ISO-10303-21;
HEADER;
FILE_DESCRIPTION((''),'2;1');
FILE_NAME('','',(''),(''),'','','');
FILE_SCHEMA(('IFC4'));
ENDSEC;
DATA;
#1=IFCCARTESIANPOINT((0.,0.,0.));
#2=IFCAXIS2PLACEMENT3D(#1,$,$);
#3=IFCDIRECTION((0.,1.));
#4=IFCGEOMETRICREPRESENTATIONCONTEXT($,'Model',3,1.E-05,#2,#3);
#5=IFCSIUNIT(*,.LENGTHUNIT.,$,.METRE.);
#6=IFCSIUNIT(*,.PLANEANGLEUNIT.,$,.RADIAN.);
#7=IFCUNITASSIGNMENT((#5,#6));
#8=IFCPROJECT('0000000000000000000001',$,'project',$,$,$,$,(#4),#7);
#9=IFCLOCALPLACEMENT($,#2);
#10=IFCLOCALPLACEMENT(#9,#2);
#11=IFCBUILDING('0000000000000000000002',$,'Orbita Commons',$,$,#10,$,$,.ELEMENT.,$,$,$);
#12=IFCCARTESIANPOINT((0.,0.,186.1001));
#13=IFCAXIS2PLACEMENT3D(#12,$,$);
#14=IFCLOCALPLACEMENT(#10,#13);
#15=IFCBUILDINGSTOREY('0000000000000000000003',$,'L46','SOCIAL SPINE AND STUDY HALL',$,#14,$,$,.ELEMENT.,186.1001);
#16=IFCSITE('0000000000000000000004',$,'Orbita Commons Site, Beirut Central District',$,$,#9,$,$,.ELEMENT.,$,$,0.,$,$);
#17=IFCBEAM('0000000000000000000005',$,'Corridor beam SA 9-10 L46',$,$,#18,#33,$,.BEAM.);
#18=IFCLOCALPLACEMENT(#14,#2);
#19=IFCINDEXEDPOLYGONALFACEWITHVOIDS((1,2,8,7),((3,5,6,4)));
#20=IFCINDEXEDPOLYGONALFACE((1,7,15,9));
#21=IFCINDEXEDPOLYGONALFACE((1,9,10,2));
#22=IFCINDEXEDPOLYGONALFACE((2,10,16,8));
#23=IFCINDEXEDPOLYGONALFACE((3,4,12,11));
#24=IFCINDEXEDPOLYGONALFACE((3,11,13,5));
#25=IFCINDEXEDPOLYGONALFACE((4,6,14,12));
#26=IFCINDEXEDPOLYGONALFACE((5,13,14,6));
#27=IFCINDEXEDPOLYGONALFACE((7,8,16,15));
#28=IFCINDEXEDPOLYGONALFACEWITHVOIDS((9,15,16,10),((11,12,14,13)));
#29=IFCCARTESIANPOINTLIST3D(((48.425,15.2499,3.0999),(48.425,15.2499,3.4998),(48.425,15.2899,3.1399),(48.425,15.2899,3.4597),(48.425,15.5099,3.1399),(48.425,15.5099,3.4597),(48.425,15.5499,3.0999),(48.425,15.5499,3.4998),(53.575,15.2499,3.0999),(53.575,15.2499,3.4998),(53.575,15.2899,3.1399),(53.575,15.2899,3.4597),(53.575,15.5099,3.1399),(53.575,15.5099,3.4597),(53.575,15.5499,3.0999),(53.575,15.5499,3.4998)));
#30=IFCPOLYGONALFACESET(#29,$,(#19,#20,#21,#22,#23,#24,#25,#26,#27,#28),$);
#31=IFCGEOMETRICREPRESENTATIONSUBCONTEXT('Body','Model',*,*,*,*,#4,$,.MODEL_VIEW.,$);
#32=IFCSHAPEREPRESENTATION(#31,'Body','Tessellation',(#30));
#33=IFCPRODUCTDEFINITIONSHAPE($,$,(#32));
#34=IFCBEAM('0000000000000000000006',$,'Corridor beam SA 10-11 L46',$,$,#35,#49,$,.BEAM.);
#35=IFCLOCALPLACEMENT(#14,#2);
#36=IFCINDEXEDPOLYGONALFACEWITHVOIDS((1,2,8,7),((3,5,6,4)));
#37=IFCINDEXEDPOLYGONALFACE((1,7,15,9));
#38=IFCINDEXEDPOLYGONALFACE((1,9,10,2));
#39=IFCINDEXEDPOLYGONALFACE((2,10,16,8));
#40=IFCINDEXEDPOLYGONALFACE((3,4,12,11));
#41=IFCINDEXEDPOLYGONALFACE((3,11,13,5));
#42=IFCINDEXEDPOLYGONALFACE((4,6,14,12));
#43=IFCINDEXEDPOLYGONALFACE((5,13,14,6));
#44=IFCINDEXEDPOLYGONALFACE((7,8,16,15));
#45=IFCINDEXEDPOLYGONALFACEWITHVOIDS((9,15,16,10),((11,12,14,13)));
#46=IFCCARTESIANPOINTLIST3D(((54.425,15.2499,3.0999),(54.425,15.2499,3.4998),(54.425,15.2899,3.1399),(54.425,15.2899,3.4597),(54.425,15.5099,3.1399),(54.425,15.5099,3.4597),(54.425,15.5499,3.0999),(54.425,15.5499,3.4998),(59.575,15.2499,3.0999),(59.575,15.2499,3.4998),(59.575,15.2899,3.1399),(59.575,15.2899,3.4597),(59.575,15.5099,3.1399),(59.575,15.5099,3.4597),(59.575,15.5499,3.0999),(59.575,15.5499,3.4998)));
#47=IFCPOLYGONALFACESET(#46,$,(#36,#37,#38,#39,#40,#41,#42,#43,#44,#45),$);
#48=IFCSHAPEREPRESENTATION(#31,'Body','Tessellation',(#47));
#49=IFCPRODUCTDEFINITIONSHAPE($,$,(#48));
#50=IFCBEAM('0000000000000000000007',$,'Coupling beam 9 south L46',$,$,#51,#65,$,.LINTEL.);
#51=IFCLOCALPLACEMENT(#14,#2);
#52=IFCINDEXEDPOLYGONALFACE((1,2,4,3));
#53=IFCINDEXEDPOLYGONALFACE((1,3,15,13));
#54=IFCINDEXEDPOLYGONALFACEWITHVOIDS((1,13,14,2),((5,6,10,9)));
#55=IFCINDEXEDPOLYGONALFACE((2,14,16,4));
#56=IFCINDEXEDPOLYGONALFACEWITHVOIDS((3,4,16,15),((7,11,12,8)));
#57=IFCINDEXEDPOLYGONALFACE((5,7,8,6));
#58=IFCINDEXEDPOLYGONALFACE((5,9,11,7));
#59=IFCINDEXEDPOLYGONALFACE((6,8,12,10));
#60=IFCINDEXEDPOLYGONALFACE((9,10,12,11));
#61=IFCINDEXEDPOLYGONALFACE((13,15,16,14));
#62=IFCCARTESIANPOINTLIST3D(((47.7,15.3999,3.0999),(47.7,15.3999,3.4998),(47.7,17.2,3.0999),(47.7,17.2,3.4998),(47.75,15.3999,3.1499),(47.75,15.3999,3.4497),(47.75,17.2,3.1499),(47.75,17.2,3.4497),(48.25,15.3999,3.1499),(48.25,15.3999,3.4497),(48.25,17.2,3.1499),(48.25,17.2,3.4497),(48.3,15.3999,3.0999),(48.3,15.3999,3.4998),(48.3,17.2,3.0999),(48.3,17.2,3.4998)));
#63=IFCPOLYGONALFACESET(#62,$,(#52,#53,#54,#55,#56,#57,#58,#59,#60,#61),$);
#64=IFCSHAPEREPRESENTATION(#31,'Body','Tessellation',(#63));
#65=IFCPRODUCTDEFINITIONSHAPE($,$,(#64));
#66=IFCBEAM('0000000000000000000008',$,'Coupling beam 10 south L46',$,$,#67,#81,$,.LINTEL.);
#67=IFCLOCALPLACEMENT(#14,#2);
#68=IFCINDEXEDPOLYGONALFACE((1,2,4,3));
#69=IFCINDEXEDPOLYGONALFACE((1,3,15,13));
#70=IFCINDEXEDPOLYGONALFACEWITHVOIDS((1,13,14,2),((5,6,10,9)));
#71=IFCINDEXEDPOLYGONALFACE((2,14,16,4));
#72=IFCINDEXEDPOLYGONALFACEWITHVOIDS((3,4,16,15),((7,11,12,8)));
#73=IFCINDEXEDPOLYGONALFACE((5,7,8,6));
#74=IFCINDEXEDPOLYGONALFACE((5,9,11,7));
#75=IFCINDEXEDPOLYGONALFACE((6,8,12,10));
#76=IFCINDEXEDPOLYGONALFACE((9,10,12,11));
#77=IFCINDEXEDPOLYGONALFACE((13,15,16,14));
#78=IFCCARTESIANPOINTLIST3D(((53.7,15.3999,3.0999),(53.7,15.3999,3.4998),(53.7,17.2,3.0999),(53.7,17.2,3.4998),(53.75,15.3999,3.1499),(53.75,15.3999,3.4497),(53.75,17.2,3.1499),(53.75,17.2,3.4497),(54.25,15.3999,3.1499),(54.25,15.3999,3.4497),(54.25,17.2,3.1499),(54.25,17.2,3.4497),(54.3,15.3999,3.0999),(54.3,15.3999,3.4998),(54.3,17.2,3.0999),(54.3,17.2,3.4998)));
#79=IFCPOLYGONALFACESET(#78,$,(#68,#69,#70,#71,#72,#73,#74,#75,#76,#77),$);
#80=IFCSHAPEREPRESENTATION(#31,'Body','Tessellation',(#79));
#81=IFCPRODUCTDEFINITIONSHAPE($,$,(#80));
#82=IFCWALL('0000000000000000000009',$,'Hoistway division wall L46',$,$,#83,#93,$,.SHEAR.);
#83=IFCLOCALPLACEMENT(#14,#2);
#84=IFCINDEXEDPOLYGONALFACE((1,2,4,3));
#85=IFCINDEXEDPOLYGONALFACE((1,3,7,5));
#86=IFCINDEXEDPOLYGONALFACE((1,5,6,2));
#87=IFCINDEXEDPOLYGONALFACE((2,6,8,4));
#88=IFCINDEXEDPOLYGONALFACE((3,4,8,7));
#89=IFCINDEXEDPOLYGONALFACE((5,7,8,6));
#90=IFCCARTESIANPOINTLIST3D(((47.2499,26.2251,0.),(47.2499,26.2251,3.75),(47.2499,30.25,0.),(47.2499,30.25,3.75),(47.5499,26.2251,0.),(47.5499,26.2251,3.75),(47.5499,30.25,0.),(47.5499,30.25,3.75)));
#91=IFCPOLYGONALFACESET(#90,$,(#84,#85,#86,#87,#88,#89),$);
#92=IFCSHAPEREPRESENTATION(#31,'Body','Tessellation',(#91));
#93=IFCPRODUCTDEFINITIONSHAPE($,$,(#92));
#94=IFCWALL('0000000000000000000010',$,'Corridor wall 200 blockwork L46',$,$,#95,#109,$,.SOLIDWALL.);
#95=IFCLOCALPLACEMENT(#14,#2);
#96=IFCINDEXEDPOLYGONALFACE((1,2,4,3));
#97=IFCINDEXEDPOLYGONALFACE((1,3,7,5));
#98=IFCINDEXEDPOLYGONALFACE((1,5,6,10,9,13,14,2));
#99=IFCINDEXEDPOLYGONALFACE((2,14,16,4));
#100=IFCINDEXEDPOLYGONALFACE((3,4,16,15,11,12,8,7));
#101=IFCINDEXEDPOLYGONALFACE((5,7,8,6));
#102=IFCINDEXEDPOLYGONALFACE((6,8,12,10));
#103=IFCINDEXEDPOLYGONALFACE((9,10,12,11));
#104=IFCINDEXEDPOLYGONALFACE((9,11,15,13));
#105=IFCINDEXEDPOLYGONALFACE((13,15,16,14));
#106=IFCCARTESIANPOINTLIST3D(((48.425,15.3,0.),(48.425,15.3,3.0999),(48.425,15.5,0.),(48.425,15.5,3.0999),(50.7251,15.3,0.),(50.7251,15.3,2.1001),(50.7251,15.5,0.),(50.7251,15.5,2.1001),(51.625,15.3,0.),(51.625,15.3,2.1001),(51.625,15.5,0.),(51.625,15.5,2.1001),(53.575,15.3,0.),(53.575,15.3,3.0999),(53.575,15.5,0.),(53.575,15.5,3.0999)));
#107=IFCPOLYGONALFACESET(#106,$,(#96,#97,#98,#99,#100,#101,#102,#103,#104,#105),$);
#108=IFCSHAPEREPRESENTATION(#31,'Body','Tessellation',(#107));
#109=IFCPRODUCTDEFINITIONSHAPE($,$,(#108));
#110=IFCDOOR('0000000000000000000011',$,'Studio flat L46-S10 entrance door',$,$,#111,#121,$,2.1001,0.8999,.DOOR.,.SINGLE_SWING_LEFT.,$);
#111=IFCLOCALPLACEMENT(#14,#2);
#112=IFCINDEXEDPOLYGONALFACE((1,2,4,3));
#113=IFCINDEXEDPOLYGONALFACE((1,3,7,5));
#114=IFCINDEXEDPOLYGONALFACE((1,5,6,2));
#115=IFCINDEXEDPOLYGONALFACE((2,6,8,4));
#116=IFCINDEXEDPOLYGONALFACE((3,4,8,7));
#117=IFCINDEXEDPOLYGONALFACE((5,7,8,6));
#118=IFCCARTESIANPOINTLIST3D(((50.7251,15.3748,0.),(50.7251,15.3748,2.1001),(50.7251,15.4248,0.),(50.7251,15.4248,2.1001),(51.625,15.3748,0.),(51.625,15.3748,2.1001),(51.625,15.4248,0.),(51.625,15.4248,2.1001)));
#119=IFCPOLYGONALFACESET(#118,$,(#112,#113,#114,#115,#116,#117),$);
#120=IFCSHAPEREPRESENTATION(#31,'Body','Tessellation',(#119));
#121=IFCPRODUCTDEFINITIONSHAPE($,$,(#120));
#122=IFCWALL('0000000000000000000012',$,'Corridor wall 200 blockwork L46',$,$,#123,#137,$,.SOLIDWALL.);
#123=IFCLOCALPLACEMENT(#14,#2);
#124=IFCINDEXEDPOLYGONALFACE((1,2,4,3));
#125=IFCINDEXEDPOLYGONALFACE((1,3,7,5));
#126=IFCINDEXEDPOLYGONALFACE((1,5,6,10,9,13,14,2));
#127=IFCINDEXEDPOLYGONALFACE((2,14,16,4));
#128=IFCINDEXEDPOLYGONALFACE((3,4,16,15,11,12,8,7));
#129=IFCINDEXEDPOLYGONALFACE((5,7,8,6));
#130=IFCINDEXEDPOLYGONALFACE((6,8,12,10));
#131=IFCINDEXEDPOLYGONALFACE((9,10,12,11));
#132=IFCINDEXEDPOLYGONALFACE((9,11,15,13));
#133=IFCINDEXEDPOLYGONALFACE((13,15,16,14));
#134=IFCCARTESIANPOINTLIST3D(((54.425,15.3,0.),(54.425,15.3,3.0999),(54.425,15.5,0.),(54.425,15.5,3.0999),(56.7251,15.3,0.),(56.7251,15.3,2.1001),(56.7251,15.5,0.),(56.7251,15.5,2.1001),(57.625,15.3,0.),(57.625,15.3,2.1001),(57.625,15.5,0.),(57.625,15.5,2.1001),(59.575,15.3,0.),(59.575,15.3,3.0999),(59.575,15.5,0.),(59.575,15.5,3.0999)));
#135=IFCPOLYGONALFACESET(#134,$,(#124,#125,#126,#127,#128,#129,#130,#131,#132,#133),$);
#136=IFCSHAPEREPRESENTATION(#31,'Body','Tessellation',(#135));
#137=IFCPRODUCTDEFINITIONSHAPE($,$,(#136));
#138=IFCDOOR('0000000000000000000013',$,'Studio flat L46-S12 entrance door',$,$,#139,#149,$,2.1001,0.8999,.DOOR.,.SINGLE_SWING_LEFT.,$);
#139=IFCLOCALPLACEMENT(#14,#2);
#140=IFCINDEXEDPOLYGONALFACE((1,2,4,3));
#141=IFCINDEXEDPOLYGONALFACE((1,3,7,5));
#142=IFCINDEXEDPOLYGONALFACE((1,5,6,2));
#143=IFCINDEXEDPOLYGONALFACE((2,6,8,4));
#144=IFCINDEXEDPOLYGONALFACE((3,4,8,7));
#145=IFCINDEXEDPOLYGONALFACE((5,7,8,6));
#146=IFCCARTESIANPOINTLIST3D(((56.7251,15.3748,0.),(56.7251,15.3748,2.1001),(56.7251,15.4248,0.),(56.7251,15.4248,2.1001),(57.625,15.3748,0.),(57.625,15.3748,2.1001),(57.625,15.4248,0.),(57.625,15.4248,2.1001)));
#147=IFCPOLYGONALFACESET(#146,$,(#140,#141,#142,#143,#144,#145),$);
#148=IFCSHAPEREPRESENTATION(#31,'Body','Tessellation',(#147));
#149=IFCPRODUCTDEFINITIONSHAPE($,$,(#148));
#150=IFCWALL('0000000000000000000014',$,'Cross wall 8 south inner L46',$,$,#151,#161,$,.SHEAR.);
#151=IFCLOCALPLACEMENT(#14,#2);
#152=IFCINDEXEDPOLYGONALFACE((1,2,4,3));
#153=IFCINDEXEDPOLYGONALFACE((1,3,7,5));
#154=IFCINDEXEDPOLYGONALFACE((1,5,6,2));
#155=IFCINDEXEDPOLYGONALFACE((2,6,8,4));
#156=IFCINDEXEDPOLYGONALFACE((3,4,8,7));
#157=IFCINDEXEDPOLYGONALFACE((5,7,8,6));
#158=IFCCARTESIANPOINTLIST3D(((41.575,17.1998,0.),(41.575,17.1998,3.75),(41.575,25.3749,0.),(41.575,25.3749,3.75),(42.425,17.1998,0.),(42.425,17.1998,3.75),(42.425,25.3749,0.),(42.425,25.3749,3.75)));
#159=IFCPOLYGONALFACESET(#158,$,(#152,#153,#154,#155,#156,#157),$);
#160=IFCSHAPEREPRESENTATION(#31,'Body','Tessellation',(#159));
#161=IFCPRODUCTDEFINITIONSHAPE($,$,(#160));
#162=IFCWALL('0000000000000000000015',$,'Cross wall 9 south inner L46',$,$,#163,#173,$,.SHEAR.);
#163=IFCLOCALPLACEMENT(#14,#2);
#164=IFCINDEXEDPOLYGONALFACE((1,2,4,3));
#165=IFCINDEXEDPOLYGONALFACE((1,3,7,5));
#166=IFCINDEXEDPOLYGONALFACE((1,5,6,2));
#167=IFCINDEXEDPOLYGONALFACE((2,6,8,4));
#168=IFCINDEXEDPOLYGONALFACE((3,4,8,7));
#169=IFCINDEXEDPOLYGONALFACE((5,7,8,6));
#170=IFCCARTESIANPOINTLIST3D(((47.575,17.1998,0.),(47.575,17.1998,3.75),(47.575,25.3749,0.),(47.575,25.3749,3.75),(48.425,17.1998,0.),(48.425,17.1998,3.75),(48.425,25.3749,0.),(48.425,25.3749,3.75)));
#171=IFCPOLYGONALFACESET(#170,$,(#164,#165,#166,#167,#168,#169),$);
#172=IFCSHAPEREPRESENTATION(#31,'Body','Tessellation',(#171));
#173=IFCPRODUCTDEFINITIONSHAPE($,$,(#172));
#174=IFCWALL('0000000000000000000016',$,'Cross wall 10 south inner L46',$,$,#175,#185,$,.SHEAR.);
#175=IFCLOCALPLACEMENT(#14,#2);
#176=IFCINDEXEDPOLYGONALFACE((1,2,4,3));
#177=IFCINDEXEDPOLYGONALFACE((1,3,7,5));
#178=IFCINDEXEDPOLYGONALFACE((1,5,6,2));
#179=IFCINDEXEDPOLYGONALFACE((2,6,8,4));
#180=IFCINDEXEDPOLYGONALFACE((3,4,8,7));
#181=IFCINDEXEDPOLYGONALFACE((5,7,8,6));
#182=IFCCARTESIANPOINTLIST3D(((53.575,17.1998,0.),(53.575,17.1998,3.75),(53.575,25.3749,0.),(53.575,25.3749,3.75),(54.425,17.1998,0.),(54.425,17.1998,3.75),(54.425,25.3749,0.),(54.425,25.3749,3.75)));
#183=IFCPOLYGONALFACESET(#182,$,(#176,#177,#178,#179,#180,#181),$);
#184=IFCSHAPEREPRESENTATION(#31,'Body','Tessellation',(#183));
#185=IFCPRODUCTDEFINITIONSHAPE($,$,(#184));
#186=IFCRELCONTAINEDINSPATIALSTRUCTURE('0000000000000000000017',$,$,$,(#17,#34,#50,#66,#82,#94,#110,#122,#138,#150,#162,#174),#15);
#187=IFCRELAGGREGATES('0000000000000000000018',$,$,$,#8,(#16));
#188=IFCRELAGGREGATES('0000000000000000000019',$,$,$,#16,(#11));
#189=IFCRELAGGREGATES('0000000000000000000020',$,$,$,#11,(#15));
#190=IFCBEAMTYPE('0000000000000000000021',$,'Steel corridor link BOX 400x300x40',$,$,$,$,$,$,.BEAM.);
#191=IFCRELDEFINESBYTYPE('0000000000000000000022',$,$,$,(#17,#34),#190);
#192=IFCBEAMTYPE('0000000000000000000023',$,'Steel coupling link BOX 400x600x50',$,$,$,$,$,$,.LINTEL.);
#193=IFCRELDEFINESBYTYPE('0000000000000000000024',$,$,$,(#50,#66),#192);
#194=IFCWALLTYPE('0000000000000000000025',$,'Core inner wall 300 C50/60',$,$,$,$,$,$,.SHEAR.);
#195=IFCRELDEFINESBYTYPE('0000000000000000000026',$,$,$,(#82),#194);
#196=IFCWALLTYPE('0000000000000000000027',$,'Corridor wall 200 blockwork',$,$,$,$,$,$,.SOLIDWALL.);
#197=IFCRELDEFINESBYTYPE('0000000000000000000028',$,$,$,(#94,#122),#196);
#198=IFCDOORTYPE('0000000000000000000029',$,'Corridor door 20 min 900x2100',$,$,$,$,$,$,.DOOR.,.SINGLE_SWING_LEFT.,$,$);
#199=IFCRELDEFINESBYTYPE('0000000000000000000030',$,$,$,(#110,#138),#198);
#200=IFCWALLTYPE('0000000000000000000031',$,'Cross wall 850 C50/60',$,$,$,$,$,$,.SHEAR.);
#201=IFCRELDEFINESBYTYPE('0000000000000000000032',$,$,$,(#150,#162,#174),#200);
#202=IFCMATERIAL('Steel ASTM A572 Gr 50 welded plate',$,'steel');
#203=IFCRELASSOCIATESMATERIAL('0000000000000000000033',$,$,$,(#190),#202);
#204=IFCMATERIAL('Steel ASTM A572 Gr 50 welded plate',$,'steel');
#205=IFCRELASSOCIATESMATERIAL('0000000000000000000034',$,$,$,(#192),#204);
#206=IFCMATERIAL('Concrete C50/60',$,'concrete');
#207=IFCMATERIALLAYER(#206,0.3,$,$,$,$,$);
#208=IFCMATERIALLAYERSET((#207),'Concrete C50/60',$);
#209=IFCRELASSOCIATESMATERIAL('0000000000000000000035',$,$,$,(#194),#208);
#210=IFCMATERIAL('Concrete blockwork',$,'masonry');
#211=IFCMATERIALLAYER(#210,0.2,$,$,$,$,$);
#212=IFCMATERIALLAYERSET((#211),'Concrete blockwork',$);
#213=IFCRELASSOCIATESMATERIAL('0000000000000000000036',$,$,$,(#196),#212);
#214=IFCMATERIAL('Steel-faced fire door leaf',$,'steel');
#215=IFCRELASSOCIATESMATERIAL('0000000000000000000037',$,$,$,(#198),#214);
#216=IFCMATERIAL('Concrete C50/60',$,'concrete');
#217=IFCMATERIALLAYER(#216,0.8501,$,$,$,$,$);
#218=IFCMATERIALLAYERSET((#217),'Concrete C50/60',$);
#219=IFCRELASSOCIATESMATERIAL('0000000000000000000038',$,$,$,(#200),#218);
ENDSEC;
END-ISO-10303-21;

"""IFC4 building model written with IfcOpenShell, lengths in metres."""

from ifc_helpers import new_model, si_unit, direction, frame, frame_2d, origin, origin_2d, place, context, subcontext, project, spatial, polyline, rectangle, hollow_rectangle, outline, extrude, material, layer, layer_set, material_profile, profile_set, type_object, element, fill, save


model = new_model("IFC4")

# Units and contexts
model_context = context("Model", 3, precision=1e-05, world=origin(), true_north=direction((0.0, 1.0)))
body_context = subcontext(model_context, "Body", "Model", "MODEL_VIEW")
ifc_project = project(units=[si_unit("LENGTHUNIT", "METRE"), si_unit("PLANEANGLEUNIT", "RADIAN")], contexts=[model_context])

# Site, building, storey
site_placement = place(None, origin())
site = spatial("IfcSite", under=ifc_project, at=site_placement, Name="Orbita Commons Site, Beirut Central District", CompositionType="ELEMENT", RefElevation=0.0)
building_placement = place(site_placement, origin())
building = spatial("IfcBuilding", under=site, at=building_placement, Name="Orbita Commons", CompositionType="ELEMENT")
storey_placement = place(building_placement, frame((0.0, 0.0, 186.1001)))
storey = spatial("IfcBuildingStorey", under=building, at=storey_placement, Name="L46", Description="SOCIAL SPINE AND STUDY HALL", CompositionType="ELEMENT", Elevation=186.1001)

# Beams
ifc_material_1 = material(Name="Steel ASTM A572 Gr 50 welded plate", Category="steel")
ifc_material_profile_1 = material_profile(ifc_material_1, hollow_rectangle(XDim=0.3, YDim=0.3999, WallThickness=0.04, at=origin_2d()), Name="BOX 400x300x40")
ifc_profile_set_1 = profile_set([ifc_material_profile_1], Name="Steel ASTM A572 Gr 50 welded plate")
beam_type_1 = type_object("IfcBeamType", Name="Steel corridor link BOX 400x300x40", PredefinedType="BEAM", material=ifc_profile_set_1)
for number, where, z_axis, x_axis, name in (
    (1, (48.425, 15.3999, 3.2998), (1.0, 0.0, 0.0), (0.0, 1.0, 0.0), "Corridor beam SA 9-10 L46"),
    (2, (54.425, 15.3999, 3.2998), (1.0, 0.0, 0.0), (0.0, 1.0, 0.0), "Corridor beam SA 10-11 L46"),
):
    element("IfcBeam", number, at=place(storey_placement, frame(where, z_axis=z_axis, x_axis=x_axis)), inside=storey, type_object=beam_type_1, Name=name, PredefinedType="BEAM", context=body_context, shape_type="SweptSolid", body=[
        extrude(hollow_rectangle(XDim=0.3, YDim=0.3999, WallThickness=0.04, at=origin_2d()), origin(), (0.0, 0.0, 1.0), 5.1499),
    ])
ifc_material_2 = material(Name="Steel ASTM A572 Gr 50 welded plate", Category="steel")
ifc_material_profile_2 = material_profile(ifc_material_2, hollow_rectangle(XDim=0.6001, YDim=0.3999, WallThickness=0.05, at=origin_2d()), Name="BOX 400x600x50")
ifc_profile_set_2 = profile_set([ifc_material_profile_2], Name="Steel ASTM A572 Gr 50 welded plate")
beam_type_2 = type_object("IfcBeamType", Name="Steel coupling link BOX 400x600x50", PredefinedType="LINTEL", material=ifc_profile_set_2)
for number, where, z_axis, x_axis, name in (
    (3, (48.0, 15.3999, 3.2998), (0.0, 1.0, 0.0), (-1.0, 0.0, 0.0), "Coupling beam 9 south L46"),
    (4, (54.0, 15.3999, 3.2998), (0.0, 1.0, 0.0), (-1.0, 0.0, 0.0), "Coupling beam 10 south L46"),
):
    element("IfcBeam", number, at=place(storey_placement, frame(where, z_axis=z_axis, x_axis=x_axis)), inside=storey, type_object=beam_type_2, Name=name, PredefinedType="LINTEL", context=body_context, shape_type="SweptSolid", body=[
        extrude(hollow_rectangle(XDim=0.6001, YDim=0.3999, WallThickness=0.05, at=origin_2d()), origin(), (0.0, 0.0, 1.0), 1.8),
    ])

# Wall
ifc_material_3 = material(Name="Concrete C50/60", Category="concrete")
ifc_layer_1 = layer(ifc_material_3, 0.3)
ifc_layer_set_1 = layer_set([ifc_layer_1], Name="Concrete C50/60")
wall_type_1 = type_object("IfcWallType", Name="Core inner wall 300 C50/60", PredefinedType="SHEAR", material=ifc_layer_set_1)
wall_1_placement = place(storey_placement, frame((47.3999, 26.2251, 0.0), z_axis=(0.0, 0.0, 1.0), x_axis=(0.0, 1.0, 0.0)))
element("IfcWall", 5, at=wall_1_placement, inside=storey, type_object=wall_type_1, Name="Hoistway division wall L46", PredefinedType="SHEAR", context=body_context, shape_type="SweptSolid", body=[
    extrude(rectangle(XDim=4.0249, YDim=0.3, at=frame_2d((2.0125, 0.0))), origin(), (0.0, 0.0, 1.0), 3.75),
])

# Walls, openings, doors
ifc_material_4 = material(Name="Concrete blockwork", Category="masonry")
ifc_layer_2 = layer(ifc_material_4, 0.2)
ifc_layer_set_2 = layer_set([ifc_layer_2], Name="Concrete blockwork")
wall_type_2 = type_object("IfcWallType", Name="Corridor wall 200 blockwork", PredefinedType="SOLIDWALL", material=ifc_layer_set_2)
wall_2_placement = place(storey_placement, frame((48.425, 15.3999, 0.0), z_axis=(0.0, 0.0, 1.0), x_axis=(1.0, 0.0, 0.0)))
wall_2 = element("IfcWall", 6, at=wall_2_placement, inside=storey, type_object=wall_type_2, Name="Corridor wall 200 blockwork L46", PredefinedType="SOLIDWALL", context=body_context, shape_type="SweptSolid", body=[
    extrude(outline(polyline([(0.0, 0.0), (5.1499, 0.0), (5.1499, 3.0999), (0.0, 3.0999), (0.0, 0.0)])), frame((0.0, 0.1001, 0.0), z_axis=(0.0, -1.0, 0.0), x_axis=(1.0, 0.0, 0.0)), (0.0, 0.0, 1.0), 0.2),
])
opening_1_placement = place(wall_2_placement, frame((2.3, 0.0, 0.0)))
opening_1 = element("IfcOpeningElement", 7, at=opening_1_placement, cuts=wall_2, PredefinedType="OPENING", context=body_context, shape_type="SweptSolid", body=[
    extrude(rectangle(XDim=0.8999, YDim=2.1001, at=frame_2d((0.45, 1.05))), frame((0.0, 0.1099, 0.0), z_axis=(0.0, -1.0, 0.0), x_axis=(1.0, 0.0, 0.0)), (0.0, 0.0, 1.0), 0.22),
])
ifc_material_5 = material(Name="Steel-faced fire door leaf", Category="steel")
door_type_1 = type_object("IfcDoorType", Name="Corridor door 20 min 900x2100", OperationType="SINGLE_SWING_LEFT", PredefinedType="DOOR", material=ifc_material_5)
door_1_placement = place(opening_1_placement, origin())
door_1 = element("IfcDoor", 8, at=door_1_placement, inside=storey, type_object=door_type_1, Name="Studio flat L46-S10 entrance door", OperationType="SINGLE_SWING_LEFT", OverallHeight=2.1001, OverallWidth=0.8999, PredefinedType="DOOR", context=body_context, shape_type="SweptSolid", body=[
    extrude(rectangle(XDim=0.8999, YDim=2.1001, at=frame_2d((0.45, 1.05))), frame((0.0, 0.0249, 0.0), z_axis=(0.0, -1.0, 0.0), x_axis=(1.0, 0.0, 0.0)), (0.0, 0.0, 1.0), 0.05),
])
fill(opening_1, door_1)
wall_3_placement = place(storey_placement, frame((54.425, 15.3999, 0.0), z_axis=(0.0, 0.0, 1.0), x_axis=(1.0, 0.0, 0.0)))
wall_3 = element("IfcWall", 9, at=wall_3_placement, inside=storey, type_object=wall_type_2, Name="Corridor wall 200 blockwork L46", PredefinedType="SOLIDWALL", context=body_context, shape_type="SweptSolid", body=[
    extrude(outline(polyline([(0.0, 0.0), (5.1499, 0.0), (5.1499, 3.0999), (0.0, 3.0999), (0.0, 0.0)])), frame((0.0, 0.1001, 0.0), z_axis=(0.0, -1.0, 0.0), x_axis=(1.0, 0.0, 0.0)), (0.0, 0.0, 1.0), 0.2),
])
opening_2_placement = place(wall_3_placement, frame((2.3, 0.0, 0.0)))
opening_2 = element("IfcOpeningElement", 10, at=opening_2_placement, cuts=wall_3, PredefinedType="OPENING", context=body_context, shape_type="SweptSolid", body=[
    extrude(rectangle(XDim=0.8999, YDim=2.1001, at=frame_2d((0.45, 1.05))), frame((0.0, 0.1099, 0.0), z_axis=(0.0, -1.0, 0.0), x_axis=(1.0, 0.0, 0.0)), (0.0, 0.0, 1.0), 0.22),
])
door_2_placement = place(opening_2_placement, origin())
door_2 = element("IfcDoor", 11, at=door_2_placement, inside=storey, type_object=door_type_1, Name="Studio flat L46-S12 entrance door", OperationType="SINGLE_SWING_LEFT", OverallHeight=2.1001, OverallWidth=0.8999, PredefinedType="DOOR", context=body_context, shape_type="SweptSolid", body=[
    extrude(rectangle(XDim=0.8999, YDim=2.1001, at=frame_2d((0.45, 1.05))), frame((0.0, 0.0249, 0.0), z_axis=(0.0, -1.0, 0.0), x_axis=(1.0, 0.0, 0.0)), (0.0, 0.0, 1.0), 0.05),
])
fill(opening_2, door_2)

# Walls
ifc_material_6 = material(Name="Concrete C50/60", Category="concrete")
ifc_layer_3 = layer(ifc_material_6, 0.8501)
ifc_layer_set_3 = layer_set([ifc_layer_3], Name="Concrete C50/60")
wall_type_3 = type_object("IfcWallType", Name="Cross wall 850 C50/60", PredefinedType="SHEAR", material=ifc_layer_set_3)
for number, where, z_axis, x_axis, name in (
    (12, (42.0, 17.2, 0.0), (0.0, 0.0, 1.0), (0.0, 1.0, 0.0), "Cross wall 8 south inner L46"),
    (13, (48.0, 17.2, 0.0), (0.0, 0.0, 1.0), (0.0, 1.0, 0.0), "Cross wall 9 south inner L46"),
    (14, (54.0, 17.2, 0.0), (0.0, 0.0, 1.0), (0.0, 1.0, 0.0), "Cross wall 10 south inner L46"),
):
    element("IfcWall", number, at=place(storey_placement, frame(where, z_axis=z_axis, x_axis=x_axis)), inside=storey, type_object=wall_type_3, Name=name, PredefinedType="SHEAR", context=body_context, shape_type="SweptSolid", body=[
        extrude(rectangle(XDim=8.175, YDim=0.8501, at=frame_2d((4.0874, 0.0))), origin(), (0.0, 0.0, 1.0), 3.75),
    ])

save(model, "model.ifc")
